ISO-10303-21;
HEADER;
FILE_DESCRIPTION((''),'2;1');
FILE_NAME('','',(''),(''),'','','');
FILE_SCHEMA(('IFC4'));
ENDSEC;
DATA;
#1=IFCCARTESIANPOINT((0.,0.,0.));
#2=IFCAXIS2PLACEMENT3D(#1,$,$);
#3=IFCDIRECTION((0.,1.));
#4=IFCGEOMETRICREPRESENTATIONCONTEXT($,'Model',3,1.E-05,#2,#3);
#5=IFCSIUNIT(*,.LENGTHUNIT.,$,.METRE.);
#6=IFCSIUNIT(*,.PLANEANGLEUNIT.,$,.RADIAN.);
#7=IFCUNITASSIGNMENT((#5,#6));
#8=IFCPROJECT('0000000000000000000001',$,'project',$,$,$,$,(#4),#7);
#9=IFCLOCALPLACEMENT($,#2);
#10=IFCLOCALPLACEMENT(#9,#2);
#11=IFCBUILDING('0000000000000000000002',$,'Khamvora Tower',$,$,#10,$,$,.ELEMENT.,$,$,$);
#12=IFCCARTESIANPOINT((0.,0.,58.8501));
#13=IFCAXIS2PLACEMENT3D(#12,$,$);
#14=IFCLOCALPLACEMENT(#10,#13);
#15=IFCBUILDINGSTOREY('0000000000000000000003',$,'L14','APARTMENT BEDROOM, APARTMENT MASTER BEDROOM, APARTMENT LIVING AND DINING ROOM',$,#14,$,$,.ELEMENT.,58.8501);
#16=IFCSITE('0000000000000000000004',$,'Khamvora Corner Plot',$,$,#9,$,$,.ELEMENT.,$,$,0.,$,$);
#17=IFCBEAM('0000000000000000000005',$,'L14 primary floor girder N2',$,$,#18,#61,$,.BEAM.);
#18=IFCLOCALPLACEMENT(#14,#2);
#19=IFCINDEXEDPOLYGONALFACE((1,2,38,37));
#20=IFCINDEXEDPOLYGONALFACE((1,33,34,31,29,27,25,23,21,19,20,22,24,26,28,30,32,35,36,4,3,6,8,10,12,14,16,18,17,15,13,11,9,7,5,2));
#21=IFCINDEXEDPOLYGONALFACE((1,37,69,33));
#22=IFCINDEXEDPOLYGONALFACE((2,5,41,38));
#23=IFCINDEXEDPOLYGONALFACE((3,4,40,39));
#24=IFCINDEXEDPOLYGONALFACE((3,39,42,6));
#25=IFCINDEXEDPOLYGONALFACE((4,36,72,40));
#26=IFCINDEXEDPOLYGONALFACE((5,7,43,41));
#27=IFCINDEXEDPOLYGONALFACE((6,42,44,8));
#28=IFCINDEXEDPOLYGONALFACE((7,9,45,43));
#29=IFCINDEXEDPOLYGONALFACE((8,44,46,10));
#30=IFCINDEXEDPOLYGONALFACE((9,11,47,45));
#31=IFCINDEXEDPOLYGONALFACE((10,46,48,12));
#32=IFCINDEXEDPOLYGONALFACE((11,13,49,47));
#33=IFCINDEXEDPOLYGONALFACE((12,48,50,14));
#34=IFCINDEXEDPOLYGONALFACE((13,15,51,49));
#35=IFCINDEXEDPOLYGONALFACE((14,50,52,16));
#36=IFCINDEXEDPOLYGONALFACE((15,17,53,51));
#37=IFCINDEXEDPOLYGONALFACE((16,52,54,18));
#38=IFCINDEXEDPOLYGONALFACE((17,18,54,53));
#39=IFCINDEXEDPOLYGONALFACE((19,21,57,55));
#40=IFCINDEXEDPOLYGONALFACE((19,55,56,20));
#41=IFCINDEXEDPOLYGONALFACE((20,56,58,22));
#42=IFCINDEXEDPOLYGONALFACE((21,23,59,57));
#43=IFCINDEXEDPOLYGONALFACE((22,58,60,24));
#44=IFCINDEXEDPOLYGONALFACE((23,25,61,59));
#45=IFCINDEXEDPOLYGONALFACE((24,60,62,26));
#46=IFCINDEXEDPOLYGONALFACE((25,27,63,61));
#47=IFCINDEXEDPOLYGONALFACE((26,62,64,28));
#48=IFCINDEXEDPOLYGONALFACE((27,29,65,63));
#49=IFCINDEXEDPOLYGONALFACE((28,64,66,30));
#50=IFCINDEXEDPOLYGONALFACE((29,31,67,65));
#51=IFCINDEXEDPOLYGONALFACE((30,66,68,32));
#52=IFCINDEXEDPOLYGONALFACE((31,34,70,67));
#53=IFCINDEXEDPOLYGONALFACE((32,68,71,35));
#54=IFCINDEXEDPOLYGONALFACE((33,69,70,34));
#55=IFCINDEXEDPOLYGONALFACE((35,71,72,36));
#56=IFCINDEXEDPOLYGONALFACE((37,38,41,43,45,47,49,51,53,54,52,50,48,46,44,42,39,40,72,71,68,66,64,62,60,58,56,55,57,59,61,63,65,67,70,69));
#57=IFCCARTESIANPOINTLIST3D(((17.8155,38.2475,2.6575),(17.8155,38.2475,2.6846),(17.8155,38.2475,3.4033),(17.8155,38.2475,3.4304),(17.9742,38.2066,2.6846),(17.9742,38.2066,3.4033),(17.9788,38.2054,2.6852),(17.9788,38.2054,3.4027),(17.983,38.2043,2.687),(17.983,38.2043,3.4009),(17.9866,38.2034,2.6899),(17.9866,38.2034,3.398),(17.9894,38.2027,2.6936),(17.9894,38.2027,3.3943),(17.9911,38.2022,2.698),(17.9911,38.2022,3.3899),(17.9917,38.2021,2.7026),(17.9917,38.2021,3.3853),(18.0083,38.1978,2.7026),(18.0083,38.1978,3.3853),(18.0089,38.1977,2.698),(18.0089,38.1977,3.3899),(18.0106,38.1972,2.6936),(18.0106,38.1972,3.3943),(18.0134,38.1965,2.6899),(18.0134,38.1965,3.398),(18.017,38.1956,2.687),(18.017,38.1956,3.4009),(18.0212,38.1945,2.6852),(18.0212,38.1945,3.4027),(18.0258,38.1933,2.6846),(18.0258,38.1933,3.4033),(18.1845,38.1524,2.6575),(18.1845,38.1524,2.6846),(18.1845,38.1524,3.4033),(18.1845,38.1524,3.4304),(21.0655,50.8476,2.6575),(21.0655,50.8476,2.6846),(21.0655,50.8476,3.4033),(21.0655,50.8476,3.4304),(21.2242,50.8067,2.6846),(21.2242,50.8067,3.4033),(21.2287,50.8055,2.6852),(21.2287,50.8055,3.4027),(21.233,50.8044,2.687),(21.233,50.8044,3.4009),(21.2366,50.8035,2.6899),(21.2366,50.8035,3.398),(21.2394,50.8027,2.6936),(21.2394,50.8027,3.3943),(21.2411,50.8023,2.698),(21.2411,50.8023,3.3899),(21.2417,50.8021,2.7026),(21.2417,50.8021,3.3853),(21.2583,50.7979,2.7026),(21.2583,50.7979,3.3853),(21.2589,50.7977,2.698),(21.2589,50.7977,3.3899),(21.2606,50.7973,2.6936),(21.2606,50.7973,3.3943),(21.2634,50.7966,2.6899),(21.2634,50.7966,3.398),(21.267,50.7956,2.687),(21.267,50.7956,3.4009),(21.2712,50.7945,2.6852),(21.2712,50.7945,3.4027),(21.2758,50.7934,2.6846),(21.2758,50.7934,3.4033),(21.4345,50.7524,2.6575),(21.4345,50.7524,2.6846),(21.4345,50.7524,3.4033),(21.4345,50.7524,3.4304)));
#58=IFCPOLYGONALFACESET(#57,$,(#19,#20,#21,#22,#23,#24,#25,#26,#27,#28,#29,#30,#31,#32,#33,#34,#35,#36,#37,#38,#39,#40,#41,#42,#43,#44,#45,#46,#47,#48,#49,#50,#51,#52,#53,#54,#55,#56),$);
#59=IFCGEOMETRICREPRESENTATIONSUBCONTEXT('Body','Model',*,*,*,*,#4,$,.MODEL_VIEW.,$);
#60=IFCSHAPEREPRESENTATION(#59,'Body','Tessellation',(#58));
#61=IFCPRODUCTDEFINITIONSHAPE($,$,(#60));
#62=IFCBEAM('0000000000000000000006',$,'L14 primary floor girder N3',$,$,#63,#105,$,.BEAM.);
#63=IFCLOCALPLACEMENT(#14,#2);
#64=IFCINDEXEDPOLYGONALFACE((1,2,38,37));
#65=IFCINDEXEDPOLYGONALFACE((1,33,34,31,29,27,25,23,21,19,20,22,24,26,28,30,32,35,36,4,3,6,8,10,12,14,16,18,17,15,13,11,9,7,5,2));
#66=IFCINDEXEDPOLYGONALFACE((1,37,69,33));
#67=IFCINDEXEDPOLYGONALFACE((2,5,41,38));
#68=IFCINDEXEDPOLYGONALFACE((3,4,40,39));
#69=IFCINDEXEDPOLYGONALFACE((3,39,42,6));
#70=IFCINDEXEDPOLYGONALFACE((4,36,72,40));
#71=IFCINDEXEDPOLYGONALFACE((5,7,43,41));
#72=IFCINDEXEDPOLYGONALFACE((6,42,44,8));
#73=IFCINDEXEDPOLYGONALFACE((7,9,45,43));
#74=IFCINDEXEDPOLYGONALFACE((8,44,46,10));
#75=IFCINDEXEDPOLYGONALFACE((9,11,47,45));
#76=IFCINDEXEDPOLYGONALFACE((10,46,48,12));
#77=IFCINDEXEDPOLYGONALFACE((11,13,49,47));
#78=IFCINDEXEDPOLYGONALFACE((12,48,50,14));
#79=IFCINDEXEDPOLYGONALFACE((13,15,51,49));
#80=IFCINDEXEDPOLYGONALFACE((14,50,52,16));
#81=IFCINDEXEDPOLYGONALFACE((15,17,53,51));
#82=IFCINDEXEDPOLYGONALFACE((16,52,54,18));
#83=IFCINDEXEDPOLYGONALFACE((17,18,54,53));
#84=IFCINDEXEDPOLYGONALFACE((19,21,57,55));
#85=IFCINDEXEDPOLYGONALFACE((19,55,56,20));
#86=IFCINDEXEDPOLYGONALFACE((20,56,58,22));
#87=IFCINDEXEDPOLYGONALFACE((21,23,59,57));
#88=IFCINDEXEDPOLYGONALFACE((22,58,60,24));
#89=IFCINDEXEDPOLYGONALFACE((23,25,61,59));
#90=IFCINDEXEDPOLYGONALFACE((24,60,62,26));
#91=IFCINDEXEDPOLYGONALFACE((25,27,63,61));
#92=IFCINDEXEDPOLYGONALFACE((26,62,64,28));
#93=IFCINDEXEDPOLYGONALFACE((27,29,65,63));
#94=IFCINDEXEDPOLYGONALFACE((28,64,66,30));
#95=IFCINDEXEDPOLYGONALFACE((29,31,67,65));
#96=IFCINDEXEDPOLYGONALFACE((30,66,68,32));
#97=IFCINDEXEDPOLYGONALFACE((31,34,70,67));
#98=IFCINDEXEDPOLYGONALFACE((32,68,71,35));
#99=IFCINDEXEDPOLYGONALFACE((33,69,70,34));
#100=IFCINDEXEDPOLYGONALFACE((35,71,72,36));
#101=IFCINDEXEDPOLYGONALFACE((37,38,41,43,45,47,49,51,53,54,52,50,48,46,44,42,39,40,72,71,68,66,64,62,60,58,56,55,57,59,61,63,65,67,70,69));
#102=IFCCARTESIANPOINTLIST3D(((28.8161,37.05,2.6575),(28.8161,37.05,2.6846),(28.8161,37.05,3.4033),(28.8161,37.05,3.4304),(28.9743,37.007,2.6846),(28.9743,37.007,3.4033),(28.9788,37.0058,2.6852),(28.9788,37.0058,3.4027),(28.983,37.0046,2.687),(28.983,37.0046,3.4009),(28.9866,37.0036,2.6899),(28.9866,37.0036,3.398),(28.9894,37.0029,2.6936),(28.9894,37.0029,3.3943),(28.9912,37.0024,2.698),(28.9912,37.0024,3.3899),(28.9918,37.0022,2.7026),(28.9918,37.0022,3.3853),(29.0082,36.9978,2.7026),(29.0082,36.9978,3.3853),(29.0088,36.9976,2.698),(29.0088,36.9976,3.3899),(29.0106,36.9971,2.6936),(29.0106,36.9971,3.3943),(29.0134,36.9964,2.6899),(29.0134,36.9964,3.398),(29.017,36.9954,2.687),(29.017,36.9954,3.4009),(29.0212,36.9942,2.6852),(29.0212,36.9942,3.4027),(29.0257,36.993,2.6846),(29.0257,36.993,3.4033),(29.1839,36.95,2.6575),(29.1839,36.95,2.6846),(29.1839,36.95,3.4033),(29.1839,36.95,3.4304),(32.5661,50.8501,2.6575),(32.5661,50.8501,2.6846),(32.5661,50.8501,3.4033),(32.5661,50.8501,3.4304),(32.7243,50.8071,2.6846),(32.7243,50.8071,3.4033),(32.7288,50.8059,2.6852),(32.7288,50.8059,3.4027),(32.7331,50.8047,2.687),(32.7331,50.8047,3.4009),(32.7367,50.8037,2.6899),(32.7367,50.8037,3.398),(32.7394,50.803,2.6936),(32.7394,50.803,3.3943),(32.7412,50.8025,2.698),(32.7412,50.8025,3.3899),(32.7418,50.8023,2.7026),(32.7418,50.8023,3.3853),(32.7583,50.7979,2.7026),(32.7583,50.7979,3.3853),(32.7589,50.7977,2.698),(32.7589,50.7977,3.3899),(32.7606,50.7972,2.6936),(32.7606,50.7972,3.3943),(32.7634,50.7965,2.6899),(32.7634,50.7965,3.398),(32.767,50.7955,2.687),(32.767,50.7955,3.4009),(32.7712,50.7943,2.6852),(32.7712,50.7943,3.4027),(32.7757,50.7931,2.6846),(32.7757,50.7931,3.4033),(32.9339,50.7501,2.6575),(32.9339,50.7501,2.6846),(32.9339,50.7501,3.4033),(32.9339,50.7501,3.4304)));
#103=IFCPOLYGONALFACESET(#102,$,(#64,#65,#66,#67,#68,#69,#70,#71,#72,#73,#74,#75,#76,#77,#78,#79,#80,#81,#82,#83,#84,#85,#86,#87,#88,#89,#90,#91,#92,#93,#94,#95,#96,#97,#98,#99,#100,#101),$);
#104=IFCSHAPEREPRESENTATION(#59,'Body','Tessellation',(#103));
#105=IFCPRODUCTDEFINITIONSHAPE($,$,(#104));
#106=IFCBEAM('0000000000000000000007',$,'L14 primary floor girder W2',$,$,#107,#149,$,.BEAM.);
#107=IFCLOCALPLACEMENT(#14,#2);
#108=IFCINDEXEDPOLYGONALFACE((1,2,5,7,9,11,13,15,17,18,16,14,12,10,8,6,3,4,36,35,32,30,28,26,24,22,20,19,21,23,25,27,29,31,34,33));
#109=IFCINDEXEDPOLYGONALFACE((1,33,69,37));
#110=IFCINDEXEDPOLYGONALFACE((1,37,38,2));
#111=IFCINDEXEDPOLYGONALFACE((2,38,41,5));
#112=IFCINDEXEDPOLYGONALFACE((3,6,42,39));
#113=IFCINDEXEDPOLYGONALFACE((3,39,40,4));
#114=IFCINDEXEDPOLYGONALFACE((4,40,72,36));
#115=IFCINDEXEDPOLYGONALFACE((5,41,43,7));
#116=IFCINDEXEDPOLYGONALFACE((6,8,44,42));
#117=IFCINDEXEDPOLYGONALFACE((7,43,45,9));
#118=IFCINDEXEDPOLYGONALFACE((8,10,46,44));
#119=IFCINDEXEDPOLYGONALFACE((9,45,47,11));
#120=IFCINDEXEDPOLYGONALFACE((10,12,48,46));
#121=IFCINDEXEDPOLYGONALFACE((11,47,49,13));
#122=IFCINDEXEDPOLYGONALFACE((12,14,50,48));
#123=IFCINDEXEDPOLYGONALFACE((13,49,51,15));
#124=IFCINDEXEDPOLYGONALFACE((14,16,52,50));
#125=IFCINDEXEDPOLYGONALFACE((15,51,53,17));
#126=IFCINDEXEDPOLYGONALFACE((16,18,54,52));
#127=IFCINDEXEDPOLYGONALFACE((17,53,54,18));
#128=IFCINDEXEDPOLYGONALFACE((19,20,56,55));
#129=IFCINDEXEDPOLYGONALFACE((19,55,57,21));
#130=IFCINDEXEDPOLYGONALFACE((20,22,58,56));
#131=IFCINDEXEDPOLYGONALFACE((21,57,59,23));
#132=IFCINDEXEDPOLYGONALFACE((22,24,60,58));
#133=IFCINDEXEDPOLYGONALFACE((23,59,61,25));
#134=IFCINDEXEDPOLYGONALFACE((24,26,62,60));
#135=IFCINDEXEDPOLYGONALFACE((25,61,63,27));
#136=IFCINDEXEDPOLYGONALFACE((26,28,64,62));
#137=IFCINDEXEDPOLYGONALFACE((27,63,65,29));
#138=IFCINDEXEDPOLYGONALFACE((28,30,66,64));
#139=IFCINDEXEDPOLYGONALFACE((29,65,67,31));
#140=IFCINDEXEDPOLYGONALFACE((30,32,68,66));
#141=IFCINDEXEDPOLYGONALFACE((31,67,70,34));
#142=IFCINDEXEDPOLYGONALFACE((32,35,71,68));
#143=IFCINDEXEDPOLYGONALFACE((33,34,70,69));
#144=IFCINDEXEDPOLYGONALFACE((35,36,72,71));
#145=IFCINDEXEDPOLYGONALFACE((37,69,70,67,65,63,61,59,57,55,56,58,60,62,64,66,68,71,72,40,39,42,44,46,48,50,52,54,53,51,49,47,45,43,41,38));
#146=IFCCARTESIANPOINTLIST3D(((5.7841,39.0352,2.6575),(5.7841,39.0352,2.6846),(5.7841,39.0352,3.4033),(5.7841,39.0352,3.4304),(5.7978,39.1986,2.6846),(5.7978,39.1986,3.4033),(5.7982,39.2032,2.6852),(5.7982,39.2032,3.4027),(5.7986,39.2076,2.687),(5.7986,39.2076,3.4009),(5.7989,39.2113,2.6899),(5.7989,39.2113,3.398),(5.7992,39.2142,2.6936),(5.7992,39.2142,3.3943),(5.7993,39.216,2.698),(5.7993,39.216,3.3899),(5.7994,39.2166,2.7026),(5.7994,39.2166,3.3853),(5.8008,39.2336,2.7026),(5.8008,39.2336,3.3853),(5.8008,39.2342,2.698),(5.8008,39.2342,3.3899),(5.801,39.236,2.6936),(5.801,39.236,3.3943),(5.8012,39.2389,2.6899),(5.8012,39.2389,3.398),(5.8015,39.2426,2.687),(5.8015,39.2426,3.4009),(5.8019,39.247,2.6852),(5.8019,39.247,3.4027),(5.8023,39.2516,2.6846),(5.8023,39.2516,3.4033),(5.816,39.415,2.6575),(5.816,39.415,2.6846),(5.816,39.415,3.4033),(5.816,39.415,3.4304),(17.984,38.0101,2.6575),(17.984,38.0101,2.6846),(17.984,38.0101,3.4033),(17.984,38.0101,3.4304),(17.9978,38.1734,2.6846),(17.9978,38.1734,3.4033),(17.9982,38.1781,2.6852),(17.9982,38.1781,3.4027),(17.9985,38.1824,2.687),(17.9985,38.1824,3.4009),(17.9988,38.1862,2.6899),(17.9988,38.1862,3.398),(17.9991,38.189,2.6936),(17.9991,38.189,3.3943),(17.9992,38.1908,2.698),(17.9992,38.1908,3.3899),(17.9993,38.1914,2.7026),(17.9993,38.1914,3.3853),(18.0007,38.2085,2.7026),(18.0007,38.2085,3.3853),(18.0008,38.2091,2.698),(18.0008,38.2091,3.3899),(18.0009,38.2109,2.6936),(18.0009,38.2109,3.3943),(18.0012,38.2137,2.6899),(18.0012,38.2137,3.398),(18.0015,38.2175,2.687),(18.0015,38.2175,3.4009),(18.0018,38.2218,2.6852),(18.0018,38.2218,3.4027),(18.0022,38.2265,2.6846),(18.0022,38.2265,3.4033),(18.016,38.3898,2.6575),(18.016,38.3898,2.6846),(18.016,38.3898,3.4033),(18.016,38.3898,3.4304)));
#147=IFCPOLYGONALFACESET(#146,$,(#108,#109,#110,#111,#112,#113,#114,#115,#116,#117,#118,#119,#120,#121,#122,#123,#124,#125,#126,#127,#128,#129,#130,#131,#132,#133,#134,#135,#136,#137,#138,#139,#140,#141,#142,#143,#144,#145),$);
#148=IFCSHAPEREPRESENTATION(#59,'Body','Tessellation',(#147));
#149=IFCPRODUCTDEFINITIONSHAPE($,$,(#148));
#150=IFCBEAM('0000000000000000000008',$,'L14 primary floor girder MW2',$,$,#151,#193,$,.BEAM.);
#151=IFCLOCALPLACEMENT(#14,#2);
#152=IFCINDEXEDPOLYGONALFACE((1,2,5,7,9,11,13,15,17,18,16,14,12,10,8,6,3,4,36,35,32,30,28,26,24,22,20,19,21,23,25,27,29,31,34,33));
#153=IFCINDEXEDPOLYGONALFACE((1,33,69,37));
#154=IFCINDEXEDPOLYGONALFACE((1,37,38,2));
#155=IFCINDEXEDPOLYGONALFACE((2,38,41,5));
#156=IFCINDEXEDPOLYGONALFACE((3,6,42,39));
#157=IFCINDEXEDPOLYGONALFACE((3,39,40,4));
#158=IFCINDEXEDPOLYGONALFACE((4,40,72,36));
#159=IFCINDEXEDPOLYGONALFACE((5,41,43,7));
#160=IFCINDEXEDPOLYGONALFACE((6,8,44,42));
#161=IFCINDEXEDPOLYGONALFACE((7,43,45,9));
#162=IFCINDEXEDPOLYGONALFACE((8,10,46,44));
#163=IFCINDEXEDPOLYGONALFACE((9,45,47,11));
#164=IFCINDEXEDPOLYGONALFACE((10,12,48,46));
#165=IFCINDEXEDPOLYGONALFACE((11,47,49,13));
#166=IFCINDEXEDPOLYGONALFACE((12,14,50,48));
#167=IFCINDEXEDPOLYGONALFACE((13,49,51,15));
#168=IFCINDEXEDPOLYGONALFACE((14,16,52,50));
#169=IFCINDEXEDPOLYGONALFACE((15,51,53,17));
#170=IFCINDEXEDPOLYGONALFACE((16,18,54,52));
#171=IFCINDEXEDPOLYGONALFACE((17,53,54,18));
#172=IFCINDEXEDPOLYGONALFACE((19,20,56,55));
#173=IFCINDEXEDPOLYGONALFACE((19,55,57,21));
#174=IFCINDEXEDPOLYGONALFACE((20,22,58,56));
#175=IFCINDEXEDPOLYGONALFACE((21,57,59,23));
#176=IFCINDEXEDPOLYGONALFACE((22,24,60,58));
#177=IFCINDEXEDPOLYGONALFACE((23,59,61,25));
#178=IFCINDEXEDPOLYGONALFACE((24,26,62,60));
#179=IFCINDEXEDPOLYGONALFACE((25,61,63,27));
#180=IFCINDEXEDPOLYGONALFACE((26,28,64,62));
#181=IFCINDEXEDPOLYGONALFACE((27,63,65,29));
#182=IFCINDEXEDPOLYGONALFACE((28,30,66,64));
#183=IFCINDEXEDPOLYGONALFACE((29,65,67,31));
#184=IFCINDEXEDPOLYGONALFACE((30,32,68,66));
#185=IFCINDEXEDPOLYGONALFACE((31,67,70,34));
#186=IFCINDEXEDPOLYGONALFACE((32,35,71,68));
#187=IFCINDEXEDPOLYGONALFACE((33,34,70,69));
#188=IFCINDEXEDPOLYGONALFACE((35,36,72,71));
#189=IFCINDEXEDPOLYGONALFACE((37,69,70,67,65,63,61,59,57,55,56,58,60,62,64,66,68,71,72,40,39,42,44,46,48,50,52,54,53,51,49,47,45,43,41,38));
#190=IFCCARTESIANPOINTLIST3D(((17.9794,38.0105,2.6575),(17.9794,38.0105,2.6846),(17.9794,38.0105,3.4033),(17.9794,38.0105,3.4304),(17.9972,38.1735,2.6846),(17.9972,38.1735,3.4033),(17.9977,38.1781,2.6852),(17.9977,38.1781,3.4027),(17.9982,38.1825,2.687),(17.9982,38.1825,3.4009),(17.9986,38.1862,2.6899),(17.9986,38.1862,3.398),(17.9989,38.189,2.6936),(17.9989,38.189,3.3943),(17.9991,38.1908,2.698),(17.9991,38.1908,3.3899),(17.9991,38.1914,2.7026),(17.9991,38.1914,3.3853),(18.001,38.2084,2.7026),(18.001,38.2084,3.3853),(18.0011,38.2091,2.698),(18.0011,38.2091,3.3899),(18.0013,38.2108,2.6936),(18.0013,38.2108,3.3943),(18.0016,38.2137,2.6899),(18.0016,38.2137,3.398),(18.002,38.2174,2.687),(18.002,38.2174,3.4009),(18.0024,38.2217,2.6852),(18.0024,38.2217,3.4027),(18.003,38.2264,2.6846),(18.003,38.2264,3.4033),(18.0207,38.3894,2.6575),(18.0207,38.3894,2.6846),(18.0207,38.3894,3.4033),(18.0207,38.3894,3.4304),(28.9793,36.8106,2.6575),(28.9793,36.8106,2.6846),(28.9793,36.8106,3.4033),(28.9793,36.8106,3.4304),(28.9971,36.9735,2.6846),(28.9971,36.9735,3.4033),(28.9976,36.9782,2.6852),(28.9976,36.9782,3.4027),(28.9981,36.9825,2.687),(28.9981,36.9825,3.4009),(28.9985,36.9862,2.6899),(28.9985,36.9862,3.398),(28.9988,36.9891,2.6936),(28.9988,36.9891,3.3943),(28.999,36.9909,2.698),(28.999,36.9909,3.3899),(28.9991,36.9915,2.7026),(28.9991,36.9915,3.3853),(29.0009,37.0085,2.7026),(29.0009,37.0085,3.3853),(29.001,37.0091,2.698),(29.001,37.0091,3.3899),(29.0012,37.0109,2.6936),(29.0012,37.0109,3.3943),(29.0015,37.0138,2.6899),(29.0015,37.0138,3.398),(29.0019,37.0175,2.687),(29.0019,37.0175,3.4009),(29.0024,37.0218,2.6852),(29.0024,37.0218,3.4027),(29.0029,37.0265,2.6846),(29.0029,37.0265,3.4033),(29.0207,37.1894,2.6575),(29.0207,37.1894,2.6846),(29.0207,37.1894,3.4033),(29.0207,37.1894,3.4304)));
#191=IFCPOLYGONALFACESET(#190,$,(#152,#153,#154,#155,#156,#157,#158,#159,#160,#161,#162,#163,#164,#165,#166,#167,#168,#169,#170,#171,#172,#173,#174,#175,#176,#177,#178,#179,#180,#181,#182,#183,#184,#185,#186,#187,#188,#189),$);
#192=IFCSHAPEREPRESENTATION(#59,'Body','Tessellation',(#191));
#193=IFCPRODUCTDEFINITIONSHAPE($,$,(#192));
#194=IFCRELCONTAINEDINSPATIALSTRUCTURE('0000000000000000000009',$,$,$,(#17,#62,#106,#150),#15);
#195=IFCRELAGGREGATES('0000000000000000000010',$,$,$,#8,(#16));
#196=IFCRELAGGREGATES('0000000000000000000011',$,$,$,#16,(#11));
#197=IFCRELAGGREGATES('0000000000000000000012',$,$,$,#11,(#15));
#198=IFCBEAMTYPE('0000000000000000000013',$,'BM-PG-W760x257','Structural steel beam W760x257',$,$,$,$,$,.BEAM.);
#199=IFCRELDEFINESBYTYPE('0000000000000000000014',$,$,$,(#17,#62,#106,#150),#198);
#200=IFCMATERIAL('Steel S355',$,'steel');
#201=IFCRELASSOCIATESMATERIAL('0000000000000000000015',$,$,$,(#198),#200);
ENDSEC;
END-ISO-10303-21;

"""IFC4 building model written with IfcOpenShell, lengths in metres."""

from ifc_helpers import new_model, si_unit, direction, frame, origin, origin_2d, place, context, subcontext, project, spatial, i_section, extrude, material, material_profile, profile_set, type_object, element, save


model = new_model("IFC4")

# Units and contexts
model_context = context("Model", 3, precision=1e-05, world=origin(), true_north=direction((0.0, 1.0)))
body_context = subcontext(model_context, "Body", "Model", "MODEL_VIEW")
ifc_project = project(units=[si_unit("LENGTHUNIT", "METRE"), si_unit("PLANEANGLEUNIT", "RADIAN")], contexts=[model_context])

# Site, building, storey
site_placement = place(None, origin())
site = spatial("IfcSite", under=ifc_project, at=site_placement, Name="Khamvora Corner Plot", CompositionType="ELEMENT", RefElevation=0.0)
building_placement = place(site_placement, origin())
building = spatial("IfcBuilding", under=site, at=building_placement, Name="Khamvora Tower", CompositionType="ELEMENT")
storey_placement = place(building_placement, frame((0.0, 0.0, 58.8501)))
storey = spatial("IfcBuildingStorey", under=building, at=storey_placement, Name="L14", Description="APARTMENT BEDROOM, APARTMENT MASTER BEDROOM, APARTMENT LIVING AND DINING ROOM", CompositionType="ELEMENT", Elevation=58.8501)

# Beams
ifc_material_1 = material(Name="Steel S355", Category="steel")
ifc_material_profile_1 = material_profile(ifc_material_1, i_section(OverallWidth=0.3811, OverallDepth=0.7729, WebThickness=0.0171, FlangeThickness=0.0271, FilletRadius=0.0181, at=origin_2d()), Name="W760x257")
ifc_profile_set_1 = profile_set([ifc_material_profile_1], Name="Steel S355")
beam_type_1 = type_object("IfcBeamType", Name="BM-PG-W760x257", Description="Structural steel beam W760x257", PredefinedType="BEAM", material=ifc_profile_set_1)
beam_1_placement = place(storey_placement, frame((18.0, 38.2, 3.0439), z_axis=(0.24976, 0.968308, 0.0), x_axis=(-0.968308, 0.24976, 0.0)))
element("IfcBeam", 1, at=beam_1_placement, inside=storey, type_object=beam_type_1, Name="L14 primary floor girder N2", PredefinedType="BEAM", context=body_context, shape_type="SweptSolid", body=[
    extrude(i_section(OverallWidth=0.3811, OverallDepth=0.7729, WebThickness=0.0171, FlangeThickness=0.0271, FilletRadius=0.0181, at=origin_2d()), origin(), (0.0, 0.0, 1.0), 13.0125),
])
beam_2_placement = place(storey_placement, frame((29.0, 37.0, 3.0439), z_axis=(0.262229, 0.965006, 0.0), x_axis=(-0.965006, 0.262229, 0.0)))
element("IfcBeam", 2, at=beam_2_placement, inside=storey, type_object=beam_type_1, Name="L14 primary floor girder N3", PredefinedType="BEAM", context=body_context, shape_type="SweptSolid", body=[
    extrude(i_section(OverallWidth=0.3811, OverallDepth=0.7729, WebThickness=0.0171, FlangeThickness=0.0271, FilletRadius=0.0181, at=origin_2d()), origin(), (0.0, 0.0, 1.0), 14.3005),
])
beam_3_placement = place(storey_placement, frame((18.0, 38.2, 3.0439), z_axis=(-0.996488, 0.083734, 0.0), x_axis=(-0.083734, -0.996488, 0.0)))
element("IfcBeam", 3, at=beam_3_placement, inside=storey, type_object=beam_type_1, Name="L14 primary floor girder W2", PredefinedType="BEAM", context=body_context, shape_type="SweptSolid", body=[
    extrude(i_section(OverallWidth=0.3811, OverallDepth=0.7729, WebThickness=0.0171, FlangeThickness=0.0271, FilletRadius=0.0181, at=origin_2d()), origin(), (0.0, 0.0, 1.0), 12.2429),
])
beam_4_placement = place(storey_placement, frame((29.0, 37.0, 3.0439), z_axis=(-0.994103, 0.108443, 0.0), x_axis=(-0.108443, -0.994103, 0.0)))
element("IfcBeam", 4, at=beam_4_placement, inside=storey, type_object=beam_type_1, Name="L14 primary floor girder MW2", PredefinedType="BEAM", context=body_context, shape_type="SweptSolid", body=[
    extrude(i_section(OverallWidth=0.3811, OverallDepth=0.7729, WebThickness=0.0171, FlangeThickness=0.0271, FilletRadius=0.0181, at=origin_2d()), origin(), (0.0, 0.0, 1.0), 11.0652),
])

save(model, "model.ifc")
